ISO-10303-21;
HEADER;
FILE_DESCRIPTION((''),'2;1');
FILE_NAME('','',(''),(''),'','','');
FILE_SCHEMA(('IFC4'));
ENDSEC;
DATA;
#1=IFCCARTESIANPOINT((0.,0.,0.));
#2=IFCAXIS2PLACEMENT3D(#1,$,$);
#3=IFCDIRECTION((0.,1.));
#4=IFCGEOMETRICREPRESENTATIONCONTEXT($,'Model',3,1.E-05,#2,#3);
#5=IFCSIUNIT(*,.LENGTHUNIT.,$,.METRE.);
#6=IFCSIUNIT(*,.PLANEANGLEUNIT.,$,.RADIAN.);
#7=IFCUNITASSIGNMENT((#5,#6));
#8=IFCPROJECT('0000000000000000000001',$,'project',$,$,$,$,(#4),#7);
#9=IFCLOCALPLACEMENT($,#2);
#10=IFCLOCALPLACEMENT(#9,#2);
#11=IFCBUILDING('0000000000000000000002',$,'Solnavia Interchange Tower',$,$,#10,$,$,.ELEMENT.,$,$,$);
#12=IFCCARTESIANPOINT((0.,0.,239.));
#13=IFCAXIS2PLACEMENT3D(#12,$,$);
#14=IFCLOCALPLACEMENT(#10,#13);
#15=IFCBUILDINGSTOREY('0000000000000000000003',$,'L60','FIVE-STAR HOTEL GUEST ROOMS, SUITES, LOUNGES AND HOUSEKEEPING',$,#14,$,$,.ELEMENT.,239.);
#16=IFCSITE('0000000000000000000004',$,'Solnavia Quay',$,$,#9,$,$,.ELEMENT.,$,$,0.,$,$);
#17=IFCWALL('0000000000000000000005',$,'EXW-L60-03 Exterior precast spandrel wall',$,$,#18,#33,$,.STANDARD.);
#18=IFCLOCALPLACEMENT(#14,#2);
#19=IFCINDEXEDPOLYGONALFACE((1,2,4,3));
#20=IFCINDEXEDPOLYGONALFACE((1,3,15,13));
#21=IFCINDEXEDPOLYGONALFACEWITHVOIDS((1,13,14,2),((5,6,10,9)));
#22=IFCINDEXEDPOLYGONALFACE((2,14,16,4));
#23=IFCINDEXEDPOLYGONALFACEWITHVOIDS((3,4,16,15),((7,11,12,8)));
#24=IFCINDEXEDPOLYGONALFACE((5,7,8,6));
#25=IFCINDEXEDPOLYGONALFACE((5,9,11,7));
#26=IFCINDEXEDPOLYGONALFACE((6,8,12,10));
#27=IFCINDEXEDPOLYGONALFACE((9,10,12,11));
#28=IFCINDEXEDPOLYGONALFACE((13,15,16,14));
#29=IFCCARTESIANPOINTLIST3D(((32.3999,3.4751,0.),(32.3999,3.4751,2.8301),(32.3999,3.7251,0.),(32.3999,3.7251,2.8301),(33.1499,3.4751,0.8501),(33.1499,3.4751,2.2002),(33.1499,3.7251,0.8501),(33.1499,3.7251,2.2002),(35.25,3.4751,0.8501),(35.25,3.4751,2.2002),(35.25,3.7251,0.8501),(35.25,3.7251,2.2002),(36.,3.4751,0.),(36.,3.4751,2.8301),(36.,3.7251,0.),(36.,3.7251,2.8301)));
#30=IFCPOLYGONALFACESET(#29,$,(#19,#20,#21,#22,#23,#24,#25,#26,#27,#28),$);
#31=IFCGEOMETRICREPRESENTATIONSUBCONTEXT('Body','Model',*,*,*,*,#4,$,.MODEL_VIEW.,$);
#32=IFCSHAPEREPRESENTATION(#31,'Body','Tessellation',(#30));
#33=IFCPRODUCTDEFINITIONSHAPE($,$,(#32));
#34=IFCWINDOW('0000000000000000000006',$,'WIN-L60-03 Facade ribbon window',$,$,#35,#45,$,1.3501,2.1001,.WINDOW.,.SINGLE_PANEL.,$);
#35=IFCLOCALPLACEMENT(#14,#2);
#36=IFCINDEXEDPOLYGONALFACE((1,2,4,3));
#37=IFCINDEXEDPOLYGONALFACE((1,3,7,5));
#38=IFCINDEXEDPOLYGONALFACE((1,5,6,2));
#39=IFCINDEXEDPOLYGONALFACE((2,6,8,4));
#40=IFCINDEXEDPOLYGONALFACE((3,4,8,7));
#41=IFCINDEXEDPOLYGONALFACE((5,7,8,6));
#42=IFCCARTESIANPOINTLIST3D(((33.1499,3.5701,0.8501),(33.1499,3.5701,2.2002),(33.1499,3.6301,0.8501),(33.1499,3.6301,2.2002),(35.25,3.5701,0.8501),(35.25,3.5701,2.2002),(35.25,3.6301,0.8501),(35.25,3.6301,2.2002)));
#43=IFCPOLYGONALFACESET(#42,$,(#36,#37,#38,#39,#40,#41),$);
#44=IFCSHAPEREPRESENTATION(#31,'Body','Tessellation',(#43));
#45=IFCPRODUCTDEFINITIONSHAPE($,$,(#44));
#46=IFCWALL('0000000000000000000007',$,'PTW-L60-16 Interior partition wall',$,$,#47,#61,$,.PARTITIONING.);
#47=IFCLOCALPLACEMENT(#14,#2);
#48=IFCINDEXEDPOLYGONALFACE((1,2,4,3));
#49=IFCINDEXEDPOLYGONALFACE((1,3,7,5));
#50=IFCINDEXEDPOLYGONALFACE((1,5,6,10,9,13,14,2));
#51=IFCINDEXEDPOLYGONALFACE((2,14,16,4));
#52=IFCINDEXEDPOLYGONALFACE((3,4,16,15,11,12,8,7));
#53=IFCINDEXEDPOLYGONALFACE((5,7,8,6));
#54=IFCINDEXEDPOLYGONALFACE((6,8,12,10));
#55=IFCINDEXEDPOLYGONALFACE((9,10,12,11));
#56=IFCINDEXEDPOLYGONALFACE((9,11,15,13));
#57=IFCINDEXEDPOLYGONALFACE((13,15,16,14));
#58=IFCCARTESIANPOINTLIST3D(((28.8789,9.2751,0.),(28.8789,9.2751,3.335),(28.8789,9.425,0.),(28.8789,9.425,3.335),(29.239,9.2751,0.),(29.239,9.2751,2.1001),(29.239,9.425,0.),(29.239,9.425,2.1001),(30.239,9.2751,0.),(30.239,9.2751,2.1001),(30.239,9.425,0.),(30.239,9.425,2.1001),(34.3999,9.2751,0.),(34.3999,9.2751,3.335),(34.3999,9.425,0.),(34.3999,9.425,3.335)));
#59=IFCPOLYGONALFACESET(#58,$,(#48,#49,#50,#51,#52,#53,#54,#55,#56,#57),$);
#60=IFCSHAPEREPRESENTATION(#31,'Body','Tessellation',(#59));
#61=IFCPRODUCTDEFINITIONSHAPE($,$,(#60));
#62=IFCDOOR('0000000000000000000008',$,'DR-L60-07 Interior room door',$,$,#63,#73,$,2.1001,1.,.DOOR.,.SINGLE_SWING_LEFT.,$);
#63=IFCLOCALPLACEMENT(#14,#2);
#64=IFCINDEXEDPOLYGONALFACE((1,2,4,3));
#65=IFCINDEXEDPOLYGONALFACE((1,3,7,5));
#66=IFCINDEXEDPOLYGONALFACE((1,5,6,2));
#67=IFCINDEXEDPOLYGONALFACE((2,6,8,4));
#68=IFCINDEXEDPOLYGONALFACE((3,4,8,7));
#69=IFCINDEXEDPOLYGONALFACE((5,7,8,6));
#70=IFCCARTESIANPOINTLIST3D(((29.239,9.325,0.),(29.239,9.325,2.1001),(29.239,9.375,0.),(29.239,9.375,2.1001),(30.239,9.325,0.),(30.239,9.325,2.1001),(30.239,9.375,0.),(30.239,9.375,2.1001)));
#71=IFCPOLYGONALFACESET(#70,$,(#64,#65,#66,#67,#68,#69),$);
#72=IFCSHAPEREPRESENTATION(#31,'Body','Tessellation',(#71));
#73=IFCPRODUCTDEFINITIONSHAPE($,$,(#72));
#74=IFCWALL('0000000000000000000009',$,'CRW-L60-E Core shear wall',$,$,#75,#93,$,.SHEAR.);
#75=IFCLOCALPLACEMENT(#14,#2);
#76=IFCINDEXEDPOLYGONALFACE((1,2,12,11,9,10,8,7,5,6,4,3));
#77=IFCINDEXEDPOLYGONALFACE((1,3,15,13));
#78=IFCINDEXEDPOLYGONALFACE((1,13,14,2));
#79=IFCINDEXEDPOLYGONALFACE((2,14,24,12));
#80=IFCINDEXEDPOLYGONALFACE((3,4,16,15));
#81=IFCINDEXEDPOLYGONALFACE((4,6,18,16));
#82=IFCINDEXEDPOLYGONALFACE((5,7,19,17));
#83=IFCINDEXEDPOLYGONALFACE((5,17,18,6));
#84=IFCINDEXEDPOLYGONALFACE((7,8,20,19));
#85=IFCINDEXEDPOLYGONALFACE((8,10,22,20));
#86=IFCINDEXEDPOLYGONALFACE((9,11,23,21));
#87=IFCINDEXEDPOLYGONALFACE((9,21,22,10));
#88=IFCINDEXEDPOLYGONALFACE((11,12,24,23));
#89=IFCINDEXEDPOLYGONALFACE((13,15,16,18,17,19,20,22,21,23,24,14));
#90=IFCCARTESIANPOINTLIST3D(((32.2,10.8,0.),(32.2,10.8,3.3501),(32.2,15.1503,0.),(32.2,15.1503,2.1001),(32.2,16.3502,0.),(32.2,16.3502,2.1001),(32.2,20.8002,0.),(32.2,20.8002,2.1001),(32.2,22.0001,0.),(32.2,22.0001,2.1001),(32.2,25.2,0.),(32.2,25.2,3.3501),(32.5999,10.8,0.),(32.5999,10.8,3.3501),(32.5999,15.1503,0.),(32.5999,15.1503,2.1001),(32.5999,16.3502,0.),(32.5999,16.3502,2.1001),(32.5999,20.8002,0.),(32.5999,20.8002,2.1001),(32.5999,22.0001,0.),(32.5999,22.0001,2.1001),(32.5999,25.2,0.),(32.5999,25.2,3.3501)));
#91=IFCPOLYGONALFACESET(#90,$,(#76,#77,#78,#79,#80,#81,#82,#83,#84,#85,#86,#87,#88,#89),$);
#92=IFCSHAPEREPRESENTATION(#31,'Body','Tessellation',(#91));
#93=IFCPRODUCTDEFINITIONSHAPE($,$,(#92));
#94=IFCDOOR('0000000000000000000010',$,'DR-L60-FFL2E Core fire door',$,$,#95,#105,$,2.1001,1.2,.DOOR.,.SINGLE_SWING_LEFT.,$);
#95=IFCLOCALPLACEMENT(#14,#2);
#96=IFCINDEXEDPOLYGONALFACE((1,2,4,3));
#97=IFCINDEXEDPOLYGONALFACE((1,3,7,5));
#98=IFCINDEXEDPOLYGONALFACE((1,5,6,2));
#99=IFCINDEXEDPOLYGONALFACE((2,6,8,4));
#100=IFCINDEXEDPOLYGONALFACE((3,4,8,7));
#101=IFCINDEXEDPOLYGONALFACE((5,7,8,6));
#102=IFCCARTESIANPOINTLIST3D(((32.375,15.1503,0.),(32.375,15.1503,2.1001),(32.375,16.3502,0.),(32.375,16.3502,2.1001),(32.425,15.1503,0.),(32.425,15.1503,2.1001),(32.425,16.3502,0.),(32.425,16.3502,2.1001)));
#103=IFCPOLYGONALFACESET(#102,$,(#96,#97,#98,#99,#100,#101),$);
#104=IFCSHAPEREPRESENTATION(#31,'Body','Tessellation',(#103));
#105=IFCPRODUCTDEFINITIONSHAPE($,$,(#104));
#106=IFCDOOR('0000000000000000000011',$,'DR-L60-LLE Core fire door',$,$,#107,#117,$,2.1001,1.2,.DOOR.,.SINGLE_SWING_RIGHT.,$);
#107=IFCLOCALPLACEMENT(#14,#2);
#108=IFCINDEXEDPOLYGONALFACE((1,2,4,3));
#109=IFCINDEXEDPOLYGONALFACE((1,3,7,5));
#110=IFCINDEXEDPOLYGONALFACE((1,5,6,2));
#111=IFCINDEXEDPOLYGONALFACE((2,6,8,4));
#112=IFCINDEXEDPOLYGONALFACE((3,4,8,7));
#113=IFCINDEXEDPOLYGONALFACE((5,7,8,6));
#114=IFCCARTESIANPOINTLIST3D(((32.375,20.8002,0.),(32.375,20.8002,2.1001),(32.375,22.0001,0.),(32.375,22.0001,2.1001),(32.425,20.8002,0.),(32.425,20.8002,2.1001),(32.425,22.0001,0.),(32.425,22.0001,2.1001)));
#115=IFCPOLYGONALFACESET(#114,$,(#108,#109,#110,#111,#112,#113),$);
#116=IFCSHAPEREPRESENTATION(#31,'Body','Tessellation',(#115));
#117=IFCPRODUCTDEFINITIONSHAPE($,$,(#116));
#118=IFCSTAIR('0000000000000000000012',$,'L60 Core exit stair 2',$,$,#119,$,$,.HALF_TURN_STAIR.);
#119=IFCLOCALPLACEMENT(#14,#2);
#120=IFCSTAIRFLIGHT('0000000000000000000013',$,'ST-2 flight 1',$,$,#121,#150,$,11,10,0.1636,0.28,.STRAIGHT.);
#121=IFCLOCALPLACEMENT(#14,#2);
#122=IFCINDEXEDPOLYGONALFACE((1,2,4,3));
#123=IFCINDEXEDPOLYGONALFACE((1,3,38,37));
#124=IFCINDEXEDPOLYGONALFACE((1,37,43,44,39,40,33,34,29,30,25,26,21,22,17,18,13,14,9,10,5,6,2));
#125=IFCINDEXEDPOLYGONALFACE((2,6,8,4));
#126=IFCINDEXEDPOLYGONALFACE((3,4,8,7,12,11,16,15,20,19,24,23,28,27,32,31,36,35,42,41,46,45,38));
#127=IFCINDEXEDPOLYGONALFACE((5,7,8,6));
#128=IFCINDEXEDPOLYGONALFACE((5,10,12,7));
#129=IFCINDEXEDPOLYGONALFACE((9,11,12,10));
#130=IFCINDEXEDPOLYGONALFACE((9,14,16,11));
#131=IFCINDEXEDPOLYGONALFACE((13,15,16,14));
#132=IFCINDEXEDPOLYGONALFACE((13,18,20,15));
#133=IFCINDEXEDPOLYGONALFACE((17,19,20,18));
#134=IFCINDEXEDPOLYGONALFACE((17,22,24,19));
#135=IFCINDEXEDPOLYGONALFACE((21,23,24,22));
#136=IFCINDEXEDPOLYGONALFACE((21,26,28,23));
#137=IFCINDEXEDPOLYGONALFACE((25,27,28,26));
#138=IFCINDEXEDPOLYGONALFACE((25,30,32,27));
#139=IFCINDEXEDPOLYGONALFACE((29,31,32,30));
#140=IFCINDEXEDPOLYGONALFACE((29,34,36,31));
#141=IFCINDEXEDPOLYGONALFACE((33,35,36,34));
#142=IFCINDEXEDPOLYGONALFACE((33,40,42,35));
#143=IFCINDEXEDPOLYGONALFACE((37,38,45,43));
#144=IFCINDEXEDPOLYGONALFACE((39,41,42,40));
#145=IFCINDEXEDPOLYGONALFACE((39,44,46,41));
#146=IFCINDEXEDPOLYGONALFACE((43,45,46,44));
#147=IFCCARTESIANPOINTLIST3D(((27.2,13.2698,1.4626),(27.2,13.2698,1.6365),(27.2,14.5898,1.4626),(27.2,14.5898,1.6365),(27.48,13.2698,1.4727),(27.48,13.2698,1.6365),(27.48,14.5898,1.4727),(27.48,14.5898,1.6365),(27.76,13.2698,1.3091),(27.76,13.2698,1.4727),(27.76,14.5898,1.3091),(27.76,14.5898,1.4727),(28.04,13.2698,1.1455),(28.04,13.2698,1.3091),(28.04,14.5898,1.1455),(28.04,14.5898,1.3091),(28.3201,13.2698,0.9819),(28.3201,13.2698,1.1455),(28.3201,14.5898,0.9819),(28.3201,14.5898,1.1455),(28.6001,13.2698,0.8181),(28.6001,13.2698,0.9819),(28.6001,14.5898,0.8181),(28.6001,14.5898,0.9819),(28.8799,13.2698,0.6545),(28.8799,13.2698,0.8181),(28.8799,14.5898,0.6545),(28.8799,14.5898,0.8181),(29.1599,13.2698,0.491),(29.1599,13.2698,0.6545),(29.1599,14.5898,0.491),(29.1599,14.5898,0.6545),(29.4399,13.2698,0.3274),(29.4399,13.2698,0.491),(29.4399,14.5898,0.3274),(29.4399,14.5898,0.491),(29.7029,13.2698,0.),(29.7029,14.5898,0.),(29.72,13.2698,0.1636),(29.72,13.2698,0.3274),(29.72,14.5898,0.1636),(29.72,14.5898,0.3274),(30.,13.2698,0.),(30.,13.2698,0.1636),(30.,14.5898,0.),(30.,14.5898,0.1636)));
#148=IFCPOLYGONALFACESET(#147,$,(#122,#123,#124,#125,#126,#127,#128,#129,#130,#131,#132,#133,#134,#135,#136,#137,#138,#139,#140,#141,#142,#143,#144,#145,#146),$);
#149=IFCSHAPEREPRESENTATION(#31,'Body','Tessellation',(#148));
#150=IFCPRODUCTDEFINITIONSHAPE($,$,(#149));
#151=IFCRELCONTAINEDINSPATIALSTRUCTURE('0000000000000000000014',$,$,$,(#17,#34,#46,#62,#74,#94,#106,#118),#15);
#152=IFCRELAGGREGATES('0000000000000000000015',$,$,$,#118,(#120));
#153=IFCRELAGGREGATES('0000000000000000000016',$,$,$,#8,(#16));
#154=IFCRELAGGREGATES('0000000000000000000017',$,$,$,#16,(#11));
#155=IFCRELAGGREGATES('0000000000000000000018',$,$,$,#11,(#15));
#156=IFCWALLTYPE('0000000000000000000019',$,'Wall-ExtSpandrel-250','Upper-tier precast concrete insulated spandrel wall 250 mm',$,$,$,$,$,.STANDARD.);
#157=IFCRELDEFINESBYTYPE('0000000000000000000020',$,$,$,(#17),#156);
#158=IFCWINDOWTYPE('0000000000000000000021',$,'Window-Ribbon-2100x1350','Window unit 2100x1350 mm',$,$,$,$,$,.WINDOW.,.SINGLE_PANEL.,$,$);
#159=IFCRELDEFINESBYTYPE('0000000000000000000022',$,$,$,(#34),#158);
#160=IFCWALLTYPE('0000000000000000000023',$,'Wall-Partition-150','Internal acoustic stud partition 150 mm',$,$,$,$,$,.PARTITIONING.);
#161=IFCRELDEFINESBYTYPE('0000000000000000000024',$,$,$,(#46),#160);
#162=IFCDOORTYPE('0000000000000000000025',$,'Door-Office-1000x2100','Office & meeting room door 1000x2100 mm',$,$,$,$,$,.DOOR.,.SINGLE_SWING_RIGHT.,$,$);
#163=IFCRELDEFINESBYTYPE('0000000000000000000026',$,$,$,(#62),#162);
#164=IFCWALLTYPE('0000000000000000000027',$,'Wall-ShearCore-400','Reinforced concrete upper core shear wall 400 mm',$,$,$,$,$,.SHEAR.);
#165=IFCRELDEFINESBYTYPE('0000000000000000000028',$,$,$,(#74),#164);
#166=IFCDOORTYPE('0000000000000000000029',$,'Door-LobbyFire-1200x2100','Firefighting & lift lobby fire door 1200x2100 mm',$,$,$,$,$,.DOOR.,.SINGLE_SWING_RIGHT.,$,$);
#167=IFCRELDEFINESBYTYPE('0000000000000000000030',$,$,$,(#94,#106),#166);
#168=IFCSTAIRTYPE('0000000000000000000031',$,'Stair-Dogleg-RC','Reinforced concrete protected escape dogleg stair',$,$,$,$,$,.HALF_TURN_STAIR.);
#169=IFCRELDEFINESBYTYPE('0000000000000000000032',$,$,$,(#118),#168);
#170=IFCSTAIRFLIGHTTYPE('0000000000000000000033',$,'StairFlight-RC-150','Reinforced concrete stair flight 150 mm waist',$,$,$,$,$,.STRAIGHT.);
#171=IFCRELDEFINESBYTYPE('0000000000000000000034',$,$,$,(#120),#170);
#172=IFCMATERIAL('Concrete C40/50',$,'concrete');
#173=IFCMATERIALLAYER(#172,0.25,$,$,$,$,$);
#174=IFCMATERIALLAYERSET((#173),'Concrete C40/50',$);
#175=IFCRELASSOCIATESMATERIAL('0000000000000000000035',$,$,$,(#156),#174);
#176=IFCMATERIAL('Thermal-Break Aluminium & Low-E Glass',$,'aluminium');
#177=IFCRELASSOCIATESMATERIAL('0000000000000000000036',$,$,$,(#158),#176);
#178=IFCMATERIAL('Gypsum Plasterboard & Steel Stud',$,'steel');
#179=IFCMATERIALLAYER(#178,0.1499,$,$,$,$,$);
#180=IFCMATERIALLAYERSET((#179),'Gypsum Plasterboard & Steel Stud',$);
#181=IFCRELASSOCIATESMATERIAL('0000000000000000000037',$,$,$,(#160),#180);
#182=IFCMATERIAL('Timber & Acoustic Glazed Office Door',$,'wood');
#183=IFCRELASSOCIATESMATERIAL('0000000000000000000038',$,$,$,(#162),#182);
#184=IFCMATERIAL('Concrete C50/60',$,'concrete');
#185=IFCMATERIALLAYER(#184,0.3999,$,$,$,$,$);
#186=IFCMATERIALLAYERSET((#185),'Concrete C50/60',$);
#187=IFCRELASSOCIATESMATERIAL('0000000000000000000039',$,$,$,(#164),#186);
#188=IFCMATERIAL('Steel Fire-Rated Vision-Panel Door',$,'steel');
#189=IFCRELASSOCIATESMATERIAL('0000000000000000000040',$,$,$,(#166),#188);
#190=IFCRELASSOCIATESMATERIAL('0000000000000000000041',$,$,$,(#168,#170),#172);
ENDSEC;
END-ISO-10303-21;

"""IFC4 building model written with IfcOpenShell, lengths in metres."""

from ifc_helpers import new_model, si_unit, direction, frame, frame_2d, origin, place, context, subcontext, project, spatial, polyline, rectangle, outline, extrude, material, layer, layer_set, type_object, element, fill, aggregate, save


model = new_model("IFC4")

# Units and contexts
model_context = context("Model", 3, precision=1e-05, world=origin(), true_north=direction((0.0, 1.0)))
body_context = subcontext(model_context, "Body", "Model", "MODEL_VIEW")
ifc_project = project(units=[si_unit("LENGTHUNIT", "METRE"), si_unit("PLANEANGLEUNIT", "RADIAN")], contexts=[model_context])

# Site, building, storey
site_placement = place(None, origin())
site = spatial("IfcSite", under=ifc_project, at=site_placement, Name="Solnavia Quay", CompositionType="ELEMENT", RefElevation=0.0)
building_placement = place(site_placement, origin())
building = spatial("IfcBuilding", under=site, at=building_placement, Name="Solnavia Interchange Tower", CompositionType="ELEMENT")
storey_placement = place(building_placement, frame((0.0, 0.0, 239.0)))
storey = spatial("IfcBuildingStorey", under=building, at=storey_placement, Name="L60", Description="FIVE-STAR HOTEL GUEST ROOMS, SUITES, LOUNGES AND HOUSEKEEPING", CompositionType="ELEMENT", Elevation=239.0)

# Shared definitions
ifc_material_1 = material(Name="Concrete C50/60", Category="concrete")

# Wall, opening, window
ifc_material_2 = material(Name="Concrete C40/50", Category="concrete")
ifc_layer_1 = layer(ifc_material_2, 0.25)
ifc_layer_set_1 = layer_set([ifc_layer_1], Name="Concrete C40/50")
wall_type_1 = type_object("IfcWallType", Name="Wall-ExtSpandrel-250", Description="Upper-tier precast concrete insulated spandrel wall 250 mm", PredefinedType="STANDARD", material=ifc_layer_set_1)
ifc_material_3 = material(Name="Thermal-Break Aluminium & Low-E Glass", Category="aluminium")
window_type = type_object("IfcWindowType", Name="Window-Ribbon-2100x1350", Description="Window unit 2100x1350 mm", PartitioningType="SINGLE_PANEL", PredefinedType="WINDOW", material=ifc_material_3)
wall_1_placement = place(storey_placement, frame((36.0, 3.6001, 0.0), z_axis=(0.0, 0.0, 1.0), x_axis=(-1.0, 0.0, 0.0)))
wall_1 = element("IfcWall", 1, at=wall_1_placement, inside=storey, type_object=wall_type_1, Name="EXW-L60-03 Exterior precast spandrel wall", PredefinedType="STANDARD", context=body_context, shape_type="SweptSolid", body=[
    extrude(rectangle(XDim=3.6001, YDim=0.25, at=frame_2d((1.8, 0.0))), origin(), (0.0, 0.0, 1.0), 2.8301),
])
opening_1_placement = place(wall_1_placement, frame((0.75, 0.0, 0.8501)))
opening_1 = element("IfcOpeningElement", 2, at=opening_1_placement, cuts=wall_1, PredefinedType="OPENING", context=body_context, shape_type="SweptSolid", body=[
    extrude(rectangle(XDim=2.1001, YDim=1.3501, at=frame_2d((1.05, 0.675))), frame((0.0, 0.135, 0.0), z_axis=(0.0, -1.0, 0.0), x_axis=(1.0, 0.0, 0.0)), (0.0, 0.0, 1.0), 0.27),
])
window_1_placement = place(opening_1_placement, origin())
window_1 = element("IfcWindow", 3, at=window_1_placement, inside=storey, type_object=window_type, Name="WIN-L60-03 Facade ribbon window", OverallHeight=1.3501, OverallWidth=2.1001, PartitioningType="SINGLE_PANEL", PredefinedType="WINDOW", context=body_context, shape_type="SweptSolid", body=[
    extrude(rectangle(XDim=2.1001, YDim=1.3501, at=frame_2d((1.05, 0.675))), frame((0.0, 0.03, 0.0), z_axis=(0.0, -1.0, 0.0), x_axis=(1.0, 0.0, 0.0)), (0.0, 0.0, 1.0), 0.0601),
])
fill(opening_1, window_1)

# Wall, opening, door
ifc_material_4 = material(Name="Gypsum Plasterboard & Steel Stud", Category="steel")
ifc_layer_2 = layer(ifc_material_4, 0.1499)
ifc_layer_set_2 = layer_set([ifc_layer_2], Name="Gypsum Plasterboard & Steel Stud")
wall_type_2 = type_object("IfcWallType", Name="Wall-Partition-150", Description="Internal acoustic stud partition 150 mm", PredefinedType="PARTITIONING", material=ifc_layer_set_2)
wall_2_placement = place(storey_placement, frame((28.8789, 9.3501, 0.0), z_axis=(0.0, 0.0, 1.0), x_axis=(1.0, 0.0, 0.0)))
wall_2 = element("IfcWall", 4, at=wall_2_placement, inside=storey, type_object=wall_type_2, Name="PTW-L60-16 Interior partition wall", PredefinedType="PARTITIONING", context=body_context, shape_type="SweptSolid", body=[
    extrude(rectangle(XDim=5.521, YDim=0.1499, at=frame_2d((2.7605, 0.0))), origin(), (0.0, 0.0, 1.0), 3.335),
])
opening_2_placement = place(wall_2_placement, frame((0.3601, 0.0, 0.0)))
opening_2 = element("IfcOpeningElement", 5, at=opening_2_placement, cuts=wall_2, PredefinedType="OPENING", context=body_context, shape_type="SweptSolid", body=[
    extrude(rectangle(XDim=1.0, YDim=2.1001, at=frame_2d((0.5, 1.05))), frame((0.0, 0.085, 0.0), z_axis=(0.0, -1.0, 0.0), x_axis=(1.0, 0.0, 0.0)), (0.0, 0.0, 1.0), 0.1699),
])
ifc_material_5 = material(Name="Timber & Acoustic Glazed Office Door", Category="wood")
door_type_1 = type_object("IfcDoorType", Name="Door-Office-1000x2100", Description="Office & meeting room door 1000x2100 mm", OperationType="SINGLE_SWING_RIGHT", PredefinedType="DOOR", material=ifc_material_5)
door_1_placement = place(opening_2_placement, origin())
door_1 = element("IfcDoor", 6, at=door_1_placement, inside=storey, type_object=door_type_1, Name="DR-L60-07 Interior room door", OperationType="SINGLE_SWING_LEFT", OverallHeight=2.1001, OverallWidth=1.0, PredefinedType="DOOR", context=body_context, shape_type="SweptSolid", body=[
    extrude(rectangle(XDim=1.0, YDim=2.1001, at=frame_2d((0.5, 1.05))), frame((0.0, 0.0249, 0.0), z_axis=(0.0, -1.0, 0.0), x_axis=(1.0, 0.0, 0.0)), (0.0, 0.0, 1.0), 0.05),
])
fill(opening_2, door_1)

# Wall, openings, doors
ifc_layer_3 = layer(ifc_material_1, 0.3999)
ifc_layer_set_3 = layer_set([ifc_layer_3], Name="Concrete C50/60")
wall_type_3 = type_object("IfcWallType", Name="Wall-ShearCore-400", Description="Reinforced concrete upper core shear wall 400 mm", PredefinedType="SHEAR", material=ifc_layer_set_3)
wall_3_placement = place(storey_placement, frame((32.3999, 10.8, 0.0), z_axis=(0.0, 0.0, 1.0), x_axis=(0.0, 1.0, 0.0)))
wall_3 = element("IfcWall", 7, at=wall_3_placement, inside=storey, type_object=wall_type_3, Name="CRW-L60-E Core shear wall", PredefinedType="SHEAR", context=body_context, shape_type="SweptSolid", body=[
    extrude(rectangle(XDim=14.3999, YDim=0.3999, at=frame_2d((7.2, 0.0))), origin(), (0.0, 0.0, 1.0), 3.3501),
])
opening_3_placement = place(wall_3_placement, frame((4.3501, 0.0, 0.0)))
opening_3 = element("IfcOpeningElement", 8, at=opening_3_placement, cuts=wall_3, PredefinedType="OPENING", context=body_context, shape_type="SweptSolid", body=[
    extrude(rectangle(XDim=1.2, YDim=2.1001, at=frame_2d((0.6001, 1.05))), frame((0.0, 0.21, 0.0), z_axis=(0.0, -1.0, 0.0), x_axis=(1.0, 0.0, 0.0)), (0.0, 0.0, 1.0), 0.4199),
])
opening_4_placement = place(wall_3_placement, frame((10.0, 0.0, 0.0)))
opening_4 = element("IfcOpeningElement", 9, at=opening_4_placement, cuts=wall_3, PredefinedType="OPENING", context=body_context, shape_type="SweptSolid", body=[
    extrude(rectangle(XDim=1.2, YDim=2.1001, at=frame_2d((0.6001, 1.05))), frame((0.0, 0.21, 0.0), z_axis=(0.0, -1.0, 0.0), x_axis=(1.0, 0.0, 0.0)), (0.0, 0.0, 1.0), 0.4199),
])
ifc_material_6 = material(Name="Steel Fire-Rated Vision-Panel Door", Category="steel")
door_type_2 = type_object("IfcDoorType", Name="Door-LobbyFire-1200x2100", Description="Firefighting & lift lobby fire door 1200x2100 mm", OperationType="SINGLE_SWING_RIGHT", PredefinedType="DOOR", material=ifc_material_6)
door_2_placement = place(opening_3_placement, origin())
door_2 = element("IfcDoor", 10, at=door_2_placement, inside=storey, type_object=door_type_2, Name="DR-L60-FFL2E Core fire door", OperationType="SINGLE_SWING_LEFT", OverallHeight=2.1001, OverallWidth=1.2, PredefinedType="DOOR", context=body_context, shape_type="SweptSolid", body=[
    extrude(rectangle(XDim=1.2, YDim=2.1001, at=frame_2d((0.6001, 1.05))), frame((0.0, 0.0249, 0.0), z_axis=(0.0, -1.0, 0.0), x_axis=(1.0, 0.0, 0.0)), (0.0, 0.0, 1.0), 0.05),
])
fill(opening_3, door_2)
door_3_placement = place(opening_4_placement, origin())
door_3 = element("IfcDoor", 11, at=door_3_placement, inside=storey, type_object=door_type_2, Name="DR-L60-LLE Core fire door", OperationType="SINGLE_SWING_RIGHT", OverallHeight=2.1001, OverallWidth=1.2, PredefinedType="DOOR", context=body_context, shape_type="SweptSolid", body=[
    extrude(rectangle(XDim=1.2, YDim=2.1001, at=frame_2d((0.6001, 1.05))), frame((0.0, 0.0249, 0.0), z_axis=(0.0, -1.0, 0.0), x_axis=(1.0, 0.0, 0.0)), (0.0, 0.0, 1.0), 0.05),
])
fill(opening_4, door_3)

# Stair, stair flight
stair_type = type_object("IfcStairType", Name="Stair-Dogleg-RC", Description="Reinforced concrete protected escape dogleg stair", PredefinedType="HALF_TURN_STAIR", material=ifc_material_2)
stair_placement = place(storey_placement, origin())
stair = element("IfcStair", 12, at=stair_placement, inside=storey, type_object=stair_type, Name="L60 Core exit stair 2", PredefinedType="HALF_TURN_STAIR")
stair_flight_type = type_object("IfcStairFlightType", Name="StairFlight-RC-150", Description="Reinforced concrete stair flight 150 mm waist", PredefinedType="STRAIGHT", material=ifc_material_2)
stair_flight_placement = place(storey_placement, frame((30.0, 13.9299, 0.0), z_axis=(0.0, 0.0, 1.0), x_axis=(-1.0, 0.0, 0.0)))
stair_flight = element("IfcStairFlight", 13, at=stair_flight_placement, type_object=stair_flight_type, Name="ST-2 flight 1", NumberOfRisers=11, NumberOfTreads=10, PredefinedType="STRAIGHT", RiserHeight=0.1636, TreadLength=0.28, context=body_context, shape_type="SweptSolid", body=[
    extrude(outline(polyline([(0.0, 0.0), (0.0, 0.1636), (0.28, 0.1636), (0.28, 0.3274), (0.5601, 0.3274), (0.5601, 0.491), (0.8401, 0.491), (0.8401, 0.6545), (1.1201, 0.6545), (1.1201, 0.8181), (1.3999, 0.8181), (1.3999, 0.9819), (1.6799, 0.9819), (1.6799, 1.1455), (1.96, 1.1455), (1.96, 1.3091), (2.24, 1.3091), (2.24, 1.4727), (2.52, 1.4727), (2.52, 1.6365), (2.8, 1.6365), (2.8, 1.8), (2.8, 1.4626), (0.2971, 0.0), (0.0, 0.0)])), frame((0.0, 0.6602, 0.0), z_axis=(0.0, -1.0, 0.0), x_axis=(1.0, 0.0, 0.0)), (0.0, 0.0, 1.0), 1.3201),
])
aggregate(stair, [stair_flight])

save(model, "model.ifc")
